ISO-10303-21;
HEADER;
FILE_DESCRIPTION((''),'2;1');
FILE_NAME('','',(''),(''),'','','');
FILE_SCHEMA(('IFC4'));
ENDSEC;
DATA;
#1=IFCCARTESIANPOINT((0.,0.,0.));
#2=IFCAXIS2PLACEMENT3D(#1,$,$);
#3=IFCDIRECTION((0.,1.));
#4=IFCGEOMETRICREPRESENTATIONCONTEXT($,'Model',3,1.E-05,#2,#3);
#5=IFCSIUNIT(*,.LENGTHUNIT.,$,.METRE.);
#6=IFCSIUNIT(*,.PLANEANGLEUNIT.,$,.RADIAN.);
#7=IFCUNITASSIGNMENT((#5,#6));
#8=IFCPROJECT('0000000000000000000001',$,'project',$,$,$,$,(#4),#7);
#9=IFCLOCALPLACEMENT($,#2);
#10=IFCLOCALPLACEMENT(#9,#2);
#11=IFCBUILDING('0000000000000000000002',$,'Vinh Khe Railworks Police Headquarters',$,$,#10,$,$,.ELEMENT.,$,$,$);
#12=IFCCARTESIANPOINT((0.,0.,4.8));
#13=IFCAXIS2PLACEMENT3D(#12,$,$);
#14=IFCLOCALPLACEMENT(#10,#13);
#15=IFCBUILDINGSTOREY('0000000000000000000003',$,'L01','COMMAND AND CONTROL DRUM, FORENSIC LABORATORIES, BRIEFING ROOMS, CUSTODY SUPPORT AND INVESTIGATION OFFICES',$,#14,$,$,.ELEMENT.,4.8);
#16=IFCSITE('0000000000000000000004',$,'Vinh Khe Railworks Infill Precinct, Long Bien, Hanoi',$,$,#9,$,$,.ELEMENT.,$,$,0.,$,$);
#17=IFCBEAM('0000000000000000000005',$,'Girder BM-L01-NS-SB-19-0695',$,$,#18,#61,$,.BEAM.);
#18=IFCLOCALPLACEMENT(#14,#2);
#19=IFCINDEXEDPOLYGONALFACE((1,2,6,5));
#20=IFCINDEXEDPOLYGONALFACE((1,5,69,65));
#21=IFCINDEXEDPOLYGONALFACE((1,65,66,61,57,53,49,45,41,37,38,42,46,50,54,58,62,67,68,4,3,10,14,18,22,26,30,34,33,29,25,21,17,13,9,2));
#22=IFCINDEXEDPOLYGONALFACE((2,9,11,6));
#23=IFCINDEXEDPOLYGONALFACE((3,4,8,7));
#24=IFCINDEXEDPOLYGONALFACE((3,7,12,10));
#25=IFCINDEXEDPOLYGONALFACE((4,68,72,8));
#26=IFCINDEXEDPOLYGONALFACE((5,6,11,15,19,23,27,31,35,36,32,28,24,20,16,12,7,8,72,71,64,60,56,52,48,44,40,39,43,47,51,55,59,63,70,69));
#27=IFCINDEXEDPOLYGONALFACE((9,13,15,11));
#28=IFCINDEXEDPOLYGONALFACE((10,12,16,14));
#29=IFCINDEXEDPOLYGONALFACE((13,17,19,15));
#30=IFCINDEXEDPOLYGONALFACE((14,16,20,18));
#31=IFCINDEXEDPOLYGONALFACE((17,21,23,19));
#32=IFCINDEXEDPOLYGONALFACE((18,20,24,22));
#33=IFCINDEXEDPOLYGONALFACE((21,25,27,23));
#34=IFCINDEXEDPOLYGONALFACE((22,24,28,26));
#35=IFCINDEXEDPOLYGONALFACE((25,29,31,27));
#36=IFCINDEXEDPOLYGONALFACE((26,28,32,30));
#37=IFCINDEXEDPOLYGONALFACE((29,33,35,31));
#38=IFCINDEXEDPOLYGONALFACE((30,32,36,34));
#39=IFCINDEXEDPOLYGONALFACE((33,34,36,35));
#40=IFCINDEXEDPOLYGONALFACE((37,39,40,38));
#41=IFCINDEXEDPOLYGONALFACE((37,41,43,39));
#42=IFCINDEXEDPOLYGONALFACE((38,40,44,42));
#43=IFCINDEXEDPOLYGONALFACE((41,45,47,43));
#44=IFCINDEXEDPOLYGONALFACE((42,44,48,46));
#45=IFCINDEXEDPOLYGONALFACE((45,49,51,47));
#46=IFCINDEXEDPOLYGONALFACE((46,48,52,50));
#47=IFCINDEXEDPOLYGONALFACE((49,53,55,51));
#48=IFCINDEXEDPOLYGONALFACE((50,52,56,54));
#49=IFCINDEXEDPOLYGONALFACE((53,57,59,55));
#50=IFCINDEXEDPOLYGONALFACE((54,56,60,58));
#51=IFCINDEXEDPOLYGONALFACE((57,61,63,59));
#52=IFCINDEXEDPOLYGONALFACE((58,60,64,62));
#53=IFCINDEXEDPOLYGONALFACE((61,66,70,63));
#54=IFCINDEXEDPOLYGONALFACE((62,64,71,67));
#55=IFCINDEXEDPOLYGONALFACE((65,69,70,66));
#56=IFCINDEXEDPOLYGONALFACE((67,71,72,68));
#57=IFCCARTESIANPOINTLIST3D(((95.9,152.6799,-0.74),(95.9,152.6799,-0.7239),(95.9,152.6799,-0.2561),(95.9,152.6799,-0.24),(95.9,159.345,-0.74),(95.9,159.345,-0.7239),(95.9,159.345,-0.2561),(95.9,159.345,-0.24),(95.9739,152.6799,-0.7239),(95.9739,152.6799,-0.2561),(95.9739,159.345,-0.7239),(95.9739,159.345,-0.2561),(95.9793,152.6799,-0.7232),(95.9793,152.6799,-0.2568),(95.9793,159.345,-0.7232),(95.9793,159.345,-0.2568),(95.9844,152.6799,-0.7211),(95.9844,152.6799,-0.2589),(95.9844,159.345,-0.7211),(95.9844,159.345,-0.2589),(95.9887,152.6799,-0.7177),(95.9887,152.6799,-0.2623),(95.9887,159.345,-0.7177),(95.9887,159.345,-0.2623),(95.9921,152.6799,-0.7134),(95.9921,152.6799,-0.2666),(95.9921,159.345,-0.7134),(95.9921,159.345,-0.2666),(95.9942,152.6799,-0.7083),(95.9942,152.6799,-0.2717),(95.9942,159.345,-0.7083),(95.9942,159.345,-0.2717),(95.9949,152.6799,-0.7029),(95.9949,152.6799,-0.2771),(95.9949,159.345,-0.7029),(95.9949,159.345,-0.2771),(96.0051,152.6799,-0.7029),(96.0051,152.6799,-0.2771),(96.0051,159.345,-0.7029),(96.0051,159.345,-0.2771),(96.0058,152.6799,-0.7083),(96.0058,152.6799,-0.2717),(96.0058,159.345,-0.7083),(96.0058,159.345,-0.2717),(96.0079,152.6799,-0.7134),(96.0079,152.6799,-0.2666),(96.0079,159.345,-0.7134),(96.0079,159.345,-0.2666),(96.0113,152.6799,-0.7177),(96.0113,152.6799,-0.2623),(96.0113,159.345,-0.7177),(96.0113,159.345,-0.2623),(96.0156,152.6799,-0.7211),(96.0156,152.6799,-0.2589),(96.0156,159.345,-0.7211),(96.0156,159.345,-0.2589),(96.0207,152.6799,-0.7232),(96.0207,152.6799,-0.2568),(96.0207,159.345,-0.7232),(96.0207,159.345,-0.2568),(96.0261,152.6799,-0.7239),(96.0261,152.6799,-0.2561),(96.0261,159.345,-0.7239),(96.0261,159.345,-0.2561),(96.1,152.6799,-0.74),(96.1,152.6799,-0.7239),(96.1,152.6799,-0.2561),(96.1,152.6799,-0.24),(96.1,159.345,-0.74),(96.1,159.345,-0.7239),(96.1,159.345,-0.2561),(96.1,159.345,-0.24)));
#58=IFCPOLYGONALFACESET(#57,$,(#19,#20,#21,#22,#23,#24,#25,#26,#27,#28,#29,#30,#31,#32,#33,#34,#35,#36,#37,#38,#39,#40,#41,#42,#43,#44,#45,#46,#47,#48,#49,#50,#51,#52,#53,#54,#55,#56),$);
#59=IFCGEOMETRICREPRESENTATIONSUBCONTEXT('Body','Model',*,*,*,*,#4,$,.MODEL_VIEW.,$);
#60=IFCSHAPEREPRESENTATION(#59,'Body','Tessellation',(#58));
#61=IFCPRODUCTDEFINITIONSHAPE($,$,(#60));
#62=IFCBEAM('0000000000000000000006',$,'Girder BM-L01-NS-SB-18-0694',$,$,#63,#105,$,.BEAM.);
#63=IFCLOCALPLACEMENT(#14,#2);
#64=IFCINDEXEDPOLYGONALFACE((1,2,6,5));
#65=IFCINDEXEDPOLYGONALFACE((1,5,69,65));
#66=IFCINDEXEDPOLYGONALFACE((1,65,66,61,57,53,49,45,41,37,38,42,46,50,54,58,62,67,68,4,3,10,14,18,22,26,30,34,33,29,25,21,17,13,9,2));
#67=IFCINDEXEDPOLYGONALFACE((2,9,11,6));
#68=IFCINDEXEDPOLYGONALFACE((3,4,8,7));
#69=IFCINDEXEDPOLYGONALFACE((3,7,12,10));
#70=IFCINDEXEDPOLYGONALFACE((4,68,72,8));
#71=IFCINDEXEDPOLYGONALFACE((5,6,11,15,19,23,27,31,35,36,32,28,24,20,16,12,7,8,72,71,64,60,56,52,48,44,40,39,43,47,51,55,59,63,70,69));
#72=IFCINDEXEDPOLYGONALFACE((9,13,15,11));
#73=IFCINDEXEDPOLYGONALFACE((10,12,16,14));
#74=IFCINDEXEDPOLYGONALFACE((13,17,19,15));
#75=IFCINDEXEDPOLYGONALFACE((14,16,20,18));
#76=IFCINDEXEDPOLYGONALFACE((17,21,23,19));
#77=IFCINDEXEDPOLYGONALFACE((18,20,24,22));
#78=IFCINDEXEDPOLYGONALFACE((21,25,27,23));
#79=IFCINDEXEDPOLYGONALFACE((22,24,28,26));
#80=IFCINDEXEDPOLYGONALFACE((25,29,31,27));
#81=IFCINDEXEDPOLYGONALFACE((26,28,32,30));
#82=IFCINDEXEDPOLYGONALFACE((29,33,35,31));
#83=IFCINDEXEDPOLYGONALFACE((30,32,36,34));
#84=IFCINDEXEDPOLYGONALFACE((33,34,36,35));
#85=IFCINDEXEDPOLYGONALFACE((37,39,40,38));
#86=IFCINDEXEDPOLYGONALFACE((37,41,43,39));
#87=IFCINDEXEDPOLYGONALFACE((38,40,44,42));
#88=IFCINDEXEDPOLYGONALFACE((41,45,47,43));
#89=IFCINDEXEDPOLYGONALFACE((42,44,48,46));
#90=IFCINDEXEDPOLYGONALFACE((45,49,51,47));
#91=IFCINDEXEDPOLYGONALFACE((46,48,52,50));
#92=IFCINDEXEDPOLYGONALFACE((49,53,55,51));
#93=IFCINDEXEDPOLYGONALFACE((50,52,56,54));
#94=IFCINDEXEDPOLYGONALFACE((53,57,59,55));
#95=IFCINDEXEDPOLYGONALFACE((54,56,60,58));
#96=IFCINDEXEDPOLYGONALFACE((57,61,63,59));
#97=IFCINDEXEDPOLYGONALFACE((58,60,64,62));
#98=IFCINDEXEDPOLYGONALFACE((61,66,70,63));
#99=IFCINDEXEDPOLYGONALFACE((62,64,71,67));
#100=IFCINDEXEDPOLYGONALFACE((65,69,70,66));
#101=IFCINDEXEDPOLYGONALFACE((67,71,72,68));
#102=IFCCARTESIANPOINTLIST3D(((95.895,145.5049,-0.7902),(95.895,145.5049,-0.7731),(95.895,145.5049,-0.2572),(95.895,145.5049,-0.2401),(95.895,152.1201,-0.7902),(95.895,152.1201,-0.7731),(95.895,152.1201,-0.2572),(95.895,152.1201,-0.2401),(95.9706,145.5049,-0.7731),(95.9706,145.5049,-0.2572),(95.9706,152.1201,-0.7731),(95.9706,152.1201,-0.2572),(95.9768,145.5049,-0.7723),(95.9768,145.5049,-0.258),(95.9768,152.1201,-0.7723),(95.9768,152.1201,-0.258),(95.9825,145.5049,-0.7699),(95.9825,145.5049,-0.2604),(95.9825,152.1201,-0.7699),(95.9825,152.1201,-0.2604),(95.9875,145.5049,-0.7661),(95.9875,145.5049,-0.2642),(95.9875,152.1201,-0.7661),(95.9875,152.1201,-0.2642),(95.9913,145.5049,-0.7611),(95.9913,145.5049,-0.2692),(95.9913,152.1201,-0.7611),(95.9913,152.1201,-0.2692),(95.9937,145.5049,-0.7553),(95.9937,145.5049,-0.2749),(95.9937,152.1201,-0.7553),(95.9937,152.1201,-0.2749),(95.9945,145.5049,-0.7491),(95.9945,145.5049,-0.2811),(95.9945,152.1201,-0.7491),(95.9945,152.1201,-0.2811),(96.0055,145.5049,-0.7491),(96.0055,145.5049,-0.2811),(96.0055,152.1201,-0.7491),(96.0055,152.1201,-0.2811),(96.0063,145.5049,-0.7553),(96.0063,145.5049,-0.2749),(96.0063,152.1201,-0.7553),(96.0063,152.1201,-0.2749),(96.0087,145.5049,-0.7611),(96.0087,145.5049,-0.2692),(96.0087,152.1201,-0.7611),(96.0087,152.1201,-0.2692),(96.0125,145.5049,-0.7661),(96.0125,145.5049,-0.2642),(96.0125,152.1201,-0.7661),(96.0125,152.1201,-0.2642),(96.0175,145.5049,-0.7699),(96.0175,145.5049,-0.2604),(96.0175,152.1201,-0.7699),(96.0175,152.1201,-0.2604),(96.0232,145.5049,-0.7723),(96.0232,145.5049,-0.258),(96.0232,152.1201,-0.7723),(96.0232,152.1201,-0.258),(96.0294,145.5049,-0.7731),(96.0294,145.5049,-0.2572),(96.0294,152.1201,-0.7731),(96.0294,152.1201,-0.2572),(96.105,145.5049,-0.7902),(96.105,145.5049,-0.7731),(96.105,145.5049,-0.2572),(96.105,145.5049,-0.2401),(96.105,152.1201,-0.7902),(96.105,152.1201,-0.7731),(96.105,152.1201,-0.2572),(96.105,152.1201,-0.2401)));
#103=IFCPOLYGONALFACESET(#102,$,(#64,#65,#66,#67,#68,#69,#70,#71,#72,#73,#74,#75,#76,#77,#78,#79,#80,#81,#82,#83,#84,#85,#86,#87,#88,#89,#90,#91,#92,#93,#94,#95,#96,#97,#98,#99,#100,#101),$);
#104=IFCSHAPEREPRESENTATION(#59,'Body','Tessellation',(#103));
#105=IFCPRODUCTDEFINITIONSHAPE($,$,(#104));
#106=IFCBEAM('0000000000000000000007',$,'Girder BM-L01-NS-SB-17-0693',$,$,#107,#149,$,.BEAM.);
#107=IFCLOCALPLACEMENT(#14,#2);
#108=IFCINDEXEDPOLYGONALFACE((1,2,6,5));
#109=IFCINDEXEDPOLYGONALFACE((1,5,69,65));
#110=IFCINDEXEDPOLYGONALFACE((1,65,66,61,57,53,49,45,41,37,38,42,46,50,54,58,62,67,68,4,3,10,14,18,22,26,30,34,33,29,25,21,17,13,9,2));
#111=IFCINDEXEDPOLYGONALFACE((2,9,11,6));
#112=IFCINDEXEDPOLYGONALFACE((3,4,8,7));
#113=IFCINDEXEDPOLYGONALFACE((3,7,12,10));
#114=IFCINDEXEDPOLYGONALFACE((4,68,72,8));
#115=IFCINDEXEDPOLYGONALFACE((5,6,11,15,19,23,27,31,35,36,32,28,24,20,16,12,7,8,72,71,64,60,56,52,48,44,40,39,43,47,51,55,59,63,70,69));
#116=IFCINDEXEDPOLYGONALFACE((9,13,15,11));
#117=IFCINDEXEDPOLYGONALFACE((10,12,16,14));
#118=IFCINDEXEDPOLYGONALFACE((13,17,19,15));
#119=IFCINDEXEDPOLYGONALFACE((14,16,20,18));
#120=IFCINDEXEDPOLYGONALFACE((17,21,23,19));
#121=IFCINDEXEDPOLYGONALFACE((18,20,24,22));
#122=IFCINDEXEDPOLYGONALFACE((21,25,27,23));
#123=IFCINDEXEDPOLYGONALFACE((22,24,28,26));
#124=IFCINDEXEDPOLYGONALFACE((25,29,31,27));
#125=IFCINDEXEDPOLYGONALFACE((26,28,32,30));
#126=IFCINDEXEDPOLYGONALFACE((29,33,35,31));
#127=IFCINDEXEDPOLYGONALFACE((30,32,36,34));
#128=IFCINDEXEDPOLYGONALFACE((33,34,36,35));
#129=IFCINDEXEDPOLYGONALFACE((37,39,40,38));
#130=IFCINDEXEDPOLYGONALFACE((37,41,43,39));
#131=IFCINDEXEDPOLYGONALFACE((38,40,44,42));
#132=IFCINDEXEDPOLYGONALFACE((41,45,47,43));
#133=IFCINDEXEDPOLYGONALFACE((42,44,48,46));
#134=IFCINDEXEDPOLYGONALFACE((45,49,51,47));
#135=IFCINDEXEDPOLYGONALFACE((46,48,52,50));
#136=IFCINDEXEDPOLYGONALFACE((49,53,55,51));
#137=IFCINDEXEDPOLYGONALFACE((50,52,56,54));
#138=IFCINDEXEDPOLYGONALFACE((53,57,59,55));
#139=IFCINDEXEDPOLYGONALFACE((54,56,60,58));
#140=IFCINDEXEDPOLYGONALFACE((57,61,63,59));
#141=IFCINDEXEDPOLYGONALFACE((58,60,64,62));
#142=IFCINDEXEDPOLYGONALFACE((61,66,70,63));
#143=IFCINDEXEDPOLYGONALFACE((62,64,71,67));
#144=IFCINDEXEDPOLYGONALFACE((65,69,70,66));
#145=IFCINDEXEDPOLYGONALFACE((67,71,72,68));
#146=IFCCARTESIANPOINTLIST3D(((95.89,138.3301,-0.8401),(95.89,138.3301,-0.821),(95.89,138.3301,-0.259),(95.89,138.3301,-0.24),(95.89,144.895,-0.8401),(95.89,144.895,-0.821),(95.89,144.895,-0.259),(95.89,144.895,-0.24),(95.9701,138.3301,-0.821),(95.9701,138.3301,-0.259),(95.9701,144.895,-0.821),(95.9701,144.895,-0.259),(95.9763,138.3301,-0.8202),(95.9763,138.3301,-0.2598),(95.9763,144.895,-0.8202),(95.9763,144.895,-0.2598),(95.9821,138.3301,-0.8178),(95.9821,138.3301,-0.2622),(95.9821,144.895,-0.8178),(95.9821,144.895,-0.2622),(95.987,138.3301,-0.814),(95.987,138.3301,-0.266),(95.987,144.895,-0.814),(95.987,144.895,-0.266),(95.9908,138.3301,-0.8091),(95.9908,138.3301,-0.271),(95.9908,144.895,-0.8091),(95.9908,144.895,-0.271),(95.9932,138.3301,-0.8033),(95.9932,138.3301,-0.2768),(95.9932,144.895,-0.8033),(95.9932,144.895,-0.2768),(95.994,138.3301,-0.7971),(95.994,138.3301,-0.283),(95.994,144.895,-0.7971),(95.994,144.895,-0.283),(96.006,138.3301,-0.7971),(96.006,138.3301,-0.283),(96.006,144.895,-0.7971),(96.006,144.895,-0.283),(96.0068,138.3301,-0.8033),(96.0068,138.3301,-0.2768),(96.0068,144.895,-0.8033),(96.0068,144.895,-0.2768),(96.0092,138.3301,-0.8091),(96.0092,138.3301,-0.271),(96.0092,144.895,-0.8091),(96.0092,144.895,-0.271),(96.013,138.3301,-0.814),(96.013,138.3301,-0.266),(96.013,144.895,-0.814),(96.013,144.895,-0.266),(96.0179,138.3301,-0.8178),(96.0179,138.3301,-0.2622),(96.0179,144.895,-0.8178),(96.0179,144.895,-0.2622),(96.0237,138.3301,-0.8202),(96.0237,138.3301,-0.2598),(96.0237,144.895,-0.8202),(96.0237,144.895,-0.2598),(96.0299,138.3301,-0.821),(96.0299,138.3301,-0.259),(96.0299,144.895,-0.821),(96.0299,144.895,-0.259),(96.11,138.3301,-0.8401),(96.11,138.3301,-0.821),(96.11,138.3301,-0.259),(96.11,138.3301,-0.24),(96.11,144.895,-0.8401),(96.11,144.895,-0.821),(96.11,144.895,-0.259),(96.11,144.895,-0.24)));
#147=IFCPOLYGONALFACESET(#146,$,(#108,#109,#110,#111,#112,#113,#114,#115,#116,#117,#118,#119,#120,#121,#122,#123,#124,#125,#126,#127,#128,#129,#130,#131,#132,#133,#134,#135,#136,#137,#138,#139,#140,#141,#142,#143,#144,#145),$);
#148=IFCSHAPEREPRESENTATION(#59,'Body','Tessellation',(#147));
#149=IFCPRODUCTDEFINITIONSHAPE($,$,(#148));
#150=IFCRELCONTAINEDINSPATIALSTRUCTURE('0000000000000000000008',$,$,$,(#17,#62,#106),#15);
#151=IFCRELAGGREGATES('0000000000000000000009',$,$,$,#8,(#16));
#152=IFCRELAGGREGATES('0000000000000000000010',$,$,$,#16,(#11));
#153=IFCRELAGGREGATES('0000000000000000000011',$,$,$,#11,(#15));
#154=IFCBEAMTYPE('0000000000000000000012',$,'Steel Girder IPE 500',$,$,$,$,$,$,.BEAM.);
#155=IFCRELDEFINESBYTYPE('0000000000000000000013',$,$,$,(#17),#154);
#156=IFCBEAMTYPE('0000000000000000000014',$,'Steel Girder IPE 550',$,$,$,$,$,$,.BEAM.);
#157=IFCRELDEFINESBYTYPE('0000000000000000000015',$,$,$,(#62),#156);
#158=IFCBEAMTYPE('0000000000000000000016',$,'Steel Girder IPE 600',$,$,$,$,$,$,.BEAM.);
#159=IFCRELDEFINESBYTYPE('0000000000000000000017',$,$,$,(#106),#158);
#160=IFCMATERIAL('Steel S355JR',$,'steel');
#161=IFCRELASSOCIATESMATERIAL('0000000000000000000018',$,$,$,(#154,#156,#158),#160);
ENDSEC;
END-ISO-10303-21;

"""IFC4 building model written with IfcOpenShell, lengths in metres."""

from ifc_helpers import new_model, si_unit, direction, frame, origin, origin_2d, place, context, subcontext, project, spatial, i_section, extrude, material, material_profile, profile_set, type_object, element, save


model = new_model("IFC4")

# Units and contexts
model_context = context("Model", 3, precision=1e-05, world=origin(), true_north=direction((0.0, 1.0)))
body_context = subcontext(model_context, "Body", "Model", "MODEL_VIEW")
ifc_project = project(units=[si_unit("LENGTHUNIT", "METRE"), si_unit("PLANEANGLEUNIT", "RADIAN")], contexts=[model_context])

# Site, building, storey
site_placement = place(None, origin())
site = spatial("IfcSite", under=ifc_project, at=site_placement, Name="Vinh Khe Railworks Infill Precinct, Long Bien, Hanoi", CompositionType="ELEMENT", RefElevation=0.0)
building_placement = place(site_placement, origin())
building = spatial("IfcBuilding", under=site, at=building_placement, Name="Vinh Khe Railworks Police Headquarters", CompositionType="ELEMENT")
storey_placement = place(building_placement, frame((0.0, 0.0, 4.8)))
storey = spatial("IfcBuildingStorey", under=building, at=storey_placement, Name="L01", Description="COMMAND AND CONTROL DRUM, FORENSIC LABORATORIES, BRIEFING ROOMS, CUSTODY SUPPORT AND INVESTIGATION OFFICES", CompositionType="ELEMENT", Elevation=4.8)

# Beams
ifc_material_1 = material(Name="Steel S355JR", Category="steel")
ifc_material_profile_1 = material_profile(ifc_material_1, i_section(OverallWidth=0.2, OverallDepth=0.5, WebThickness=0.0103, FlangeThickness=0.0161, FilletRadius=0.021, at=origin_2d()), Name="IPE 500")
ifc_profile_set_1 = profile_set([ifc_material_profile_1], Name="Steel S355JR")
beam_type_1 = type_object("IfcBeamType", Name="Steel Girder IPE 500", PredefinedType="BEAM", material=ifc_profile_set_1)
beam_1_placement = place(storey_placement, frame((96.0, 152.6799, -0.49), z_axis=(0.0, 1.0, 0.0), x_axis=(-1.0, 0.0, 0.0)))
element("IfcBeam", 1, at=beam_1_placement, inside=storey, type_object=beam_type_1, Name="Girder BM-L01-NS-SB-19-0695", PredefinedType="BEAM", context=body_context, shape_type="SweptSolid", body=[
    extrude(i_section(OverallWidth=0.2, OverallDepth=0.5, WebThickness=0.0103, FlangeThickness=0.0161, FilletRadius=0.021, at=origin_2d()), origin(), (0.0, 0.0, 1.0), 6.665),
])
ifc_material_profile_2 = material_profile(ifc_material_1, i_section(OverallWidth=0.21, OverallDepth=0.55, WebThickness=0.011, FlangeThickness=0.0171, FilletRadius=0.0239, at=origin_2d()), Name="IPE 550")
ifc_profile_set_2 = profile_set([ifc_material_profile_2], Name="Steel S355JR")
beam_type_2 = type_object("IfcBeamType", Name="Steel Girder IPE 550", PredefinedType="BEAM", material=ifc_profile_set_2)
beam_2_placement = place(storey_placement, frame((96.0, 145.5049, -0.5151), z_axis=(0.0, 1.0, 0.0), x_axis=(-1.0, 0.0, 0.0)))
element("IfcBeam", 2, at=beam_2_placement, inside=storey, type_object=beam_type_2, Name="Girder BM-L01-NS-SB-18-0694", PredefinedType="BEAM", context=body_context, shape_type="SweptSolid", body=[
    extrude(i_section(OverallWidth=0.21, OverallDepth=0.55, WebThickness=0.011, FlangeThickness=0.0171, FilletRadius=0.0239, at=origin_2d()), origin(), (0.0, 0.0, 1.0), 6.6152),
])
ifc_material_profile_3 = material_profile(ifc_material_1, i_section(OverallWidth=0.22, OverallDepth=0.6001, WebThickness=0.012, FlangeThickness=0.019, FilletRadius=0.0239, at=origin_2d()), Name="IPE 600")
ifc_profile_set_3 = profile_set([ifc_material_profile_3], Name="Steel S355JR")
beam_type_3 = type_object("IfcBeamType", Name="Steel Girder IPE 600", PredefinedType="BEAM", material=ifc_profile_set_3)
beam_3_placement = place(storey_placement, frame((96.0, 138.3301, -0.54), z_axis=(0.0, 1.0, 0.0), x_axis=(-1.0, 0.0, 0.0)))
element("IfcBeam", 3, at=beam_3_placement, inside=storey, type_object=beam_type_3, Name="Girder BM-L01-NS-SB-17-0693", PredefinedType="BEAM", context=body_context, shape_type="SweptSolid", body=[
    extrude(i_section(OverallWidth=0.22, OverallDepth=0.6001, WebThickness=0.012, FlangeThickness=0.019, FilletRadius=0.0239, at=origin_2d()), origin(), (0.0, 0.0, 1.0), 6.5649),
])

save(model, "model.ifc")
